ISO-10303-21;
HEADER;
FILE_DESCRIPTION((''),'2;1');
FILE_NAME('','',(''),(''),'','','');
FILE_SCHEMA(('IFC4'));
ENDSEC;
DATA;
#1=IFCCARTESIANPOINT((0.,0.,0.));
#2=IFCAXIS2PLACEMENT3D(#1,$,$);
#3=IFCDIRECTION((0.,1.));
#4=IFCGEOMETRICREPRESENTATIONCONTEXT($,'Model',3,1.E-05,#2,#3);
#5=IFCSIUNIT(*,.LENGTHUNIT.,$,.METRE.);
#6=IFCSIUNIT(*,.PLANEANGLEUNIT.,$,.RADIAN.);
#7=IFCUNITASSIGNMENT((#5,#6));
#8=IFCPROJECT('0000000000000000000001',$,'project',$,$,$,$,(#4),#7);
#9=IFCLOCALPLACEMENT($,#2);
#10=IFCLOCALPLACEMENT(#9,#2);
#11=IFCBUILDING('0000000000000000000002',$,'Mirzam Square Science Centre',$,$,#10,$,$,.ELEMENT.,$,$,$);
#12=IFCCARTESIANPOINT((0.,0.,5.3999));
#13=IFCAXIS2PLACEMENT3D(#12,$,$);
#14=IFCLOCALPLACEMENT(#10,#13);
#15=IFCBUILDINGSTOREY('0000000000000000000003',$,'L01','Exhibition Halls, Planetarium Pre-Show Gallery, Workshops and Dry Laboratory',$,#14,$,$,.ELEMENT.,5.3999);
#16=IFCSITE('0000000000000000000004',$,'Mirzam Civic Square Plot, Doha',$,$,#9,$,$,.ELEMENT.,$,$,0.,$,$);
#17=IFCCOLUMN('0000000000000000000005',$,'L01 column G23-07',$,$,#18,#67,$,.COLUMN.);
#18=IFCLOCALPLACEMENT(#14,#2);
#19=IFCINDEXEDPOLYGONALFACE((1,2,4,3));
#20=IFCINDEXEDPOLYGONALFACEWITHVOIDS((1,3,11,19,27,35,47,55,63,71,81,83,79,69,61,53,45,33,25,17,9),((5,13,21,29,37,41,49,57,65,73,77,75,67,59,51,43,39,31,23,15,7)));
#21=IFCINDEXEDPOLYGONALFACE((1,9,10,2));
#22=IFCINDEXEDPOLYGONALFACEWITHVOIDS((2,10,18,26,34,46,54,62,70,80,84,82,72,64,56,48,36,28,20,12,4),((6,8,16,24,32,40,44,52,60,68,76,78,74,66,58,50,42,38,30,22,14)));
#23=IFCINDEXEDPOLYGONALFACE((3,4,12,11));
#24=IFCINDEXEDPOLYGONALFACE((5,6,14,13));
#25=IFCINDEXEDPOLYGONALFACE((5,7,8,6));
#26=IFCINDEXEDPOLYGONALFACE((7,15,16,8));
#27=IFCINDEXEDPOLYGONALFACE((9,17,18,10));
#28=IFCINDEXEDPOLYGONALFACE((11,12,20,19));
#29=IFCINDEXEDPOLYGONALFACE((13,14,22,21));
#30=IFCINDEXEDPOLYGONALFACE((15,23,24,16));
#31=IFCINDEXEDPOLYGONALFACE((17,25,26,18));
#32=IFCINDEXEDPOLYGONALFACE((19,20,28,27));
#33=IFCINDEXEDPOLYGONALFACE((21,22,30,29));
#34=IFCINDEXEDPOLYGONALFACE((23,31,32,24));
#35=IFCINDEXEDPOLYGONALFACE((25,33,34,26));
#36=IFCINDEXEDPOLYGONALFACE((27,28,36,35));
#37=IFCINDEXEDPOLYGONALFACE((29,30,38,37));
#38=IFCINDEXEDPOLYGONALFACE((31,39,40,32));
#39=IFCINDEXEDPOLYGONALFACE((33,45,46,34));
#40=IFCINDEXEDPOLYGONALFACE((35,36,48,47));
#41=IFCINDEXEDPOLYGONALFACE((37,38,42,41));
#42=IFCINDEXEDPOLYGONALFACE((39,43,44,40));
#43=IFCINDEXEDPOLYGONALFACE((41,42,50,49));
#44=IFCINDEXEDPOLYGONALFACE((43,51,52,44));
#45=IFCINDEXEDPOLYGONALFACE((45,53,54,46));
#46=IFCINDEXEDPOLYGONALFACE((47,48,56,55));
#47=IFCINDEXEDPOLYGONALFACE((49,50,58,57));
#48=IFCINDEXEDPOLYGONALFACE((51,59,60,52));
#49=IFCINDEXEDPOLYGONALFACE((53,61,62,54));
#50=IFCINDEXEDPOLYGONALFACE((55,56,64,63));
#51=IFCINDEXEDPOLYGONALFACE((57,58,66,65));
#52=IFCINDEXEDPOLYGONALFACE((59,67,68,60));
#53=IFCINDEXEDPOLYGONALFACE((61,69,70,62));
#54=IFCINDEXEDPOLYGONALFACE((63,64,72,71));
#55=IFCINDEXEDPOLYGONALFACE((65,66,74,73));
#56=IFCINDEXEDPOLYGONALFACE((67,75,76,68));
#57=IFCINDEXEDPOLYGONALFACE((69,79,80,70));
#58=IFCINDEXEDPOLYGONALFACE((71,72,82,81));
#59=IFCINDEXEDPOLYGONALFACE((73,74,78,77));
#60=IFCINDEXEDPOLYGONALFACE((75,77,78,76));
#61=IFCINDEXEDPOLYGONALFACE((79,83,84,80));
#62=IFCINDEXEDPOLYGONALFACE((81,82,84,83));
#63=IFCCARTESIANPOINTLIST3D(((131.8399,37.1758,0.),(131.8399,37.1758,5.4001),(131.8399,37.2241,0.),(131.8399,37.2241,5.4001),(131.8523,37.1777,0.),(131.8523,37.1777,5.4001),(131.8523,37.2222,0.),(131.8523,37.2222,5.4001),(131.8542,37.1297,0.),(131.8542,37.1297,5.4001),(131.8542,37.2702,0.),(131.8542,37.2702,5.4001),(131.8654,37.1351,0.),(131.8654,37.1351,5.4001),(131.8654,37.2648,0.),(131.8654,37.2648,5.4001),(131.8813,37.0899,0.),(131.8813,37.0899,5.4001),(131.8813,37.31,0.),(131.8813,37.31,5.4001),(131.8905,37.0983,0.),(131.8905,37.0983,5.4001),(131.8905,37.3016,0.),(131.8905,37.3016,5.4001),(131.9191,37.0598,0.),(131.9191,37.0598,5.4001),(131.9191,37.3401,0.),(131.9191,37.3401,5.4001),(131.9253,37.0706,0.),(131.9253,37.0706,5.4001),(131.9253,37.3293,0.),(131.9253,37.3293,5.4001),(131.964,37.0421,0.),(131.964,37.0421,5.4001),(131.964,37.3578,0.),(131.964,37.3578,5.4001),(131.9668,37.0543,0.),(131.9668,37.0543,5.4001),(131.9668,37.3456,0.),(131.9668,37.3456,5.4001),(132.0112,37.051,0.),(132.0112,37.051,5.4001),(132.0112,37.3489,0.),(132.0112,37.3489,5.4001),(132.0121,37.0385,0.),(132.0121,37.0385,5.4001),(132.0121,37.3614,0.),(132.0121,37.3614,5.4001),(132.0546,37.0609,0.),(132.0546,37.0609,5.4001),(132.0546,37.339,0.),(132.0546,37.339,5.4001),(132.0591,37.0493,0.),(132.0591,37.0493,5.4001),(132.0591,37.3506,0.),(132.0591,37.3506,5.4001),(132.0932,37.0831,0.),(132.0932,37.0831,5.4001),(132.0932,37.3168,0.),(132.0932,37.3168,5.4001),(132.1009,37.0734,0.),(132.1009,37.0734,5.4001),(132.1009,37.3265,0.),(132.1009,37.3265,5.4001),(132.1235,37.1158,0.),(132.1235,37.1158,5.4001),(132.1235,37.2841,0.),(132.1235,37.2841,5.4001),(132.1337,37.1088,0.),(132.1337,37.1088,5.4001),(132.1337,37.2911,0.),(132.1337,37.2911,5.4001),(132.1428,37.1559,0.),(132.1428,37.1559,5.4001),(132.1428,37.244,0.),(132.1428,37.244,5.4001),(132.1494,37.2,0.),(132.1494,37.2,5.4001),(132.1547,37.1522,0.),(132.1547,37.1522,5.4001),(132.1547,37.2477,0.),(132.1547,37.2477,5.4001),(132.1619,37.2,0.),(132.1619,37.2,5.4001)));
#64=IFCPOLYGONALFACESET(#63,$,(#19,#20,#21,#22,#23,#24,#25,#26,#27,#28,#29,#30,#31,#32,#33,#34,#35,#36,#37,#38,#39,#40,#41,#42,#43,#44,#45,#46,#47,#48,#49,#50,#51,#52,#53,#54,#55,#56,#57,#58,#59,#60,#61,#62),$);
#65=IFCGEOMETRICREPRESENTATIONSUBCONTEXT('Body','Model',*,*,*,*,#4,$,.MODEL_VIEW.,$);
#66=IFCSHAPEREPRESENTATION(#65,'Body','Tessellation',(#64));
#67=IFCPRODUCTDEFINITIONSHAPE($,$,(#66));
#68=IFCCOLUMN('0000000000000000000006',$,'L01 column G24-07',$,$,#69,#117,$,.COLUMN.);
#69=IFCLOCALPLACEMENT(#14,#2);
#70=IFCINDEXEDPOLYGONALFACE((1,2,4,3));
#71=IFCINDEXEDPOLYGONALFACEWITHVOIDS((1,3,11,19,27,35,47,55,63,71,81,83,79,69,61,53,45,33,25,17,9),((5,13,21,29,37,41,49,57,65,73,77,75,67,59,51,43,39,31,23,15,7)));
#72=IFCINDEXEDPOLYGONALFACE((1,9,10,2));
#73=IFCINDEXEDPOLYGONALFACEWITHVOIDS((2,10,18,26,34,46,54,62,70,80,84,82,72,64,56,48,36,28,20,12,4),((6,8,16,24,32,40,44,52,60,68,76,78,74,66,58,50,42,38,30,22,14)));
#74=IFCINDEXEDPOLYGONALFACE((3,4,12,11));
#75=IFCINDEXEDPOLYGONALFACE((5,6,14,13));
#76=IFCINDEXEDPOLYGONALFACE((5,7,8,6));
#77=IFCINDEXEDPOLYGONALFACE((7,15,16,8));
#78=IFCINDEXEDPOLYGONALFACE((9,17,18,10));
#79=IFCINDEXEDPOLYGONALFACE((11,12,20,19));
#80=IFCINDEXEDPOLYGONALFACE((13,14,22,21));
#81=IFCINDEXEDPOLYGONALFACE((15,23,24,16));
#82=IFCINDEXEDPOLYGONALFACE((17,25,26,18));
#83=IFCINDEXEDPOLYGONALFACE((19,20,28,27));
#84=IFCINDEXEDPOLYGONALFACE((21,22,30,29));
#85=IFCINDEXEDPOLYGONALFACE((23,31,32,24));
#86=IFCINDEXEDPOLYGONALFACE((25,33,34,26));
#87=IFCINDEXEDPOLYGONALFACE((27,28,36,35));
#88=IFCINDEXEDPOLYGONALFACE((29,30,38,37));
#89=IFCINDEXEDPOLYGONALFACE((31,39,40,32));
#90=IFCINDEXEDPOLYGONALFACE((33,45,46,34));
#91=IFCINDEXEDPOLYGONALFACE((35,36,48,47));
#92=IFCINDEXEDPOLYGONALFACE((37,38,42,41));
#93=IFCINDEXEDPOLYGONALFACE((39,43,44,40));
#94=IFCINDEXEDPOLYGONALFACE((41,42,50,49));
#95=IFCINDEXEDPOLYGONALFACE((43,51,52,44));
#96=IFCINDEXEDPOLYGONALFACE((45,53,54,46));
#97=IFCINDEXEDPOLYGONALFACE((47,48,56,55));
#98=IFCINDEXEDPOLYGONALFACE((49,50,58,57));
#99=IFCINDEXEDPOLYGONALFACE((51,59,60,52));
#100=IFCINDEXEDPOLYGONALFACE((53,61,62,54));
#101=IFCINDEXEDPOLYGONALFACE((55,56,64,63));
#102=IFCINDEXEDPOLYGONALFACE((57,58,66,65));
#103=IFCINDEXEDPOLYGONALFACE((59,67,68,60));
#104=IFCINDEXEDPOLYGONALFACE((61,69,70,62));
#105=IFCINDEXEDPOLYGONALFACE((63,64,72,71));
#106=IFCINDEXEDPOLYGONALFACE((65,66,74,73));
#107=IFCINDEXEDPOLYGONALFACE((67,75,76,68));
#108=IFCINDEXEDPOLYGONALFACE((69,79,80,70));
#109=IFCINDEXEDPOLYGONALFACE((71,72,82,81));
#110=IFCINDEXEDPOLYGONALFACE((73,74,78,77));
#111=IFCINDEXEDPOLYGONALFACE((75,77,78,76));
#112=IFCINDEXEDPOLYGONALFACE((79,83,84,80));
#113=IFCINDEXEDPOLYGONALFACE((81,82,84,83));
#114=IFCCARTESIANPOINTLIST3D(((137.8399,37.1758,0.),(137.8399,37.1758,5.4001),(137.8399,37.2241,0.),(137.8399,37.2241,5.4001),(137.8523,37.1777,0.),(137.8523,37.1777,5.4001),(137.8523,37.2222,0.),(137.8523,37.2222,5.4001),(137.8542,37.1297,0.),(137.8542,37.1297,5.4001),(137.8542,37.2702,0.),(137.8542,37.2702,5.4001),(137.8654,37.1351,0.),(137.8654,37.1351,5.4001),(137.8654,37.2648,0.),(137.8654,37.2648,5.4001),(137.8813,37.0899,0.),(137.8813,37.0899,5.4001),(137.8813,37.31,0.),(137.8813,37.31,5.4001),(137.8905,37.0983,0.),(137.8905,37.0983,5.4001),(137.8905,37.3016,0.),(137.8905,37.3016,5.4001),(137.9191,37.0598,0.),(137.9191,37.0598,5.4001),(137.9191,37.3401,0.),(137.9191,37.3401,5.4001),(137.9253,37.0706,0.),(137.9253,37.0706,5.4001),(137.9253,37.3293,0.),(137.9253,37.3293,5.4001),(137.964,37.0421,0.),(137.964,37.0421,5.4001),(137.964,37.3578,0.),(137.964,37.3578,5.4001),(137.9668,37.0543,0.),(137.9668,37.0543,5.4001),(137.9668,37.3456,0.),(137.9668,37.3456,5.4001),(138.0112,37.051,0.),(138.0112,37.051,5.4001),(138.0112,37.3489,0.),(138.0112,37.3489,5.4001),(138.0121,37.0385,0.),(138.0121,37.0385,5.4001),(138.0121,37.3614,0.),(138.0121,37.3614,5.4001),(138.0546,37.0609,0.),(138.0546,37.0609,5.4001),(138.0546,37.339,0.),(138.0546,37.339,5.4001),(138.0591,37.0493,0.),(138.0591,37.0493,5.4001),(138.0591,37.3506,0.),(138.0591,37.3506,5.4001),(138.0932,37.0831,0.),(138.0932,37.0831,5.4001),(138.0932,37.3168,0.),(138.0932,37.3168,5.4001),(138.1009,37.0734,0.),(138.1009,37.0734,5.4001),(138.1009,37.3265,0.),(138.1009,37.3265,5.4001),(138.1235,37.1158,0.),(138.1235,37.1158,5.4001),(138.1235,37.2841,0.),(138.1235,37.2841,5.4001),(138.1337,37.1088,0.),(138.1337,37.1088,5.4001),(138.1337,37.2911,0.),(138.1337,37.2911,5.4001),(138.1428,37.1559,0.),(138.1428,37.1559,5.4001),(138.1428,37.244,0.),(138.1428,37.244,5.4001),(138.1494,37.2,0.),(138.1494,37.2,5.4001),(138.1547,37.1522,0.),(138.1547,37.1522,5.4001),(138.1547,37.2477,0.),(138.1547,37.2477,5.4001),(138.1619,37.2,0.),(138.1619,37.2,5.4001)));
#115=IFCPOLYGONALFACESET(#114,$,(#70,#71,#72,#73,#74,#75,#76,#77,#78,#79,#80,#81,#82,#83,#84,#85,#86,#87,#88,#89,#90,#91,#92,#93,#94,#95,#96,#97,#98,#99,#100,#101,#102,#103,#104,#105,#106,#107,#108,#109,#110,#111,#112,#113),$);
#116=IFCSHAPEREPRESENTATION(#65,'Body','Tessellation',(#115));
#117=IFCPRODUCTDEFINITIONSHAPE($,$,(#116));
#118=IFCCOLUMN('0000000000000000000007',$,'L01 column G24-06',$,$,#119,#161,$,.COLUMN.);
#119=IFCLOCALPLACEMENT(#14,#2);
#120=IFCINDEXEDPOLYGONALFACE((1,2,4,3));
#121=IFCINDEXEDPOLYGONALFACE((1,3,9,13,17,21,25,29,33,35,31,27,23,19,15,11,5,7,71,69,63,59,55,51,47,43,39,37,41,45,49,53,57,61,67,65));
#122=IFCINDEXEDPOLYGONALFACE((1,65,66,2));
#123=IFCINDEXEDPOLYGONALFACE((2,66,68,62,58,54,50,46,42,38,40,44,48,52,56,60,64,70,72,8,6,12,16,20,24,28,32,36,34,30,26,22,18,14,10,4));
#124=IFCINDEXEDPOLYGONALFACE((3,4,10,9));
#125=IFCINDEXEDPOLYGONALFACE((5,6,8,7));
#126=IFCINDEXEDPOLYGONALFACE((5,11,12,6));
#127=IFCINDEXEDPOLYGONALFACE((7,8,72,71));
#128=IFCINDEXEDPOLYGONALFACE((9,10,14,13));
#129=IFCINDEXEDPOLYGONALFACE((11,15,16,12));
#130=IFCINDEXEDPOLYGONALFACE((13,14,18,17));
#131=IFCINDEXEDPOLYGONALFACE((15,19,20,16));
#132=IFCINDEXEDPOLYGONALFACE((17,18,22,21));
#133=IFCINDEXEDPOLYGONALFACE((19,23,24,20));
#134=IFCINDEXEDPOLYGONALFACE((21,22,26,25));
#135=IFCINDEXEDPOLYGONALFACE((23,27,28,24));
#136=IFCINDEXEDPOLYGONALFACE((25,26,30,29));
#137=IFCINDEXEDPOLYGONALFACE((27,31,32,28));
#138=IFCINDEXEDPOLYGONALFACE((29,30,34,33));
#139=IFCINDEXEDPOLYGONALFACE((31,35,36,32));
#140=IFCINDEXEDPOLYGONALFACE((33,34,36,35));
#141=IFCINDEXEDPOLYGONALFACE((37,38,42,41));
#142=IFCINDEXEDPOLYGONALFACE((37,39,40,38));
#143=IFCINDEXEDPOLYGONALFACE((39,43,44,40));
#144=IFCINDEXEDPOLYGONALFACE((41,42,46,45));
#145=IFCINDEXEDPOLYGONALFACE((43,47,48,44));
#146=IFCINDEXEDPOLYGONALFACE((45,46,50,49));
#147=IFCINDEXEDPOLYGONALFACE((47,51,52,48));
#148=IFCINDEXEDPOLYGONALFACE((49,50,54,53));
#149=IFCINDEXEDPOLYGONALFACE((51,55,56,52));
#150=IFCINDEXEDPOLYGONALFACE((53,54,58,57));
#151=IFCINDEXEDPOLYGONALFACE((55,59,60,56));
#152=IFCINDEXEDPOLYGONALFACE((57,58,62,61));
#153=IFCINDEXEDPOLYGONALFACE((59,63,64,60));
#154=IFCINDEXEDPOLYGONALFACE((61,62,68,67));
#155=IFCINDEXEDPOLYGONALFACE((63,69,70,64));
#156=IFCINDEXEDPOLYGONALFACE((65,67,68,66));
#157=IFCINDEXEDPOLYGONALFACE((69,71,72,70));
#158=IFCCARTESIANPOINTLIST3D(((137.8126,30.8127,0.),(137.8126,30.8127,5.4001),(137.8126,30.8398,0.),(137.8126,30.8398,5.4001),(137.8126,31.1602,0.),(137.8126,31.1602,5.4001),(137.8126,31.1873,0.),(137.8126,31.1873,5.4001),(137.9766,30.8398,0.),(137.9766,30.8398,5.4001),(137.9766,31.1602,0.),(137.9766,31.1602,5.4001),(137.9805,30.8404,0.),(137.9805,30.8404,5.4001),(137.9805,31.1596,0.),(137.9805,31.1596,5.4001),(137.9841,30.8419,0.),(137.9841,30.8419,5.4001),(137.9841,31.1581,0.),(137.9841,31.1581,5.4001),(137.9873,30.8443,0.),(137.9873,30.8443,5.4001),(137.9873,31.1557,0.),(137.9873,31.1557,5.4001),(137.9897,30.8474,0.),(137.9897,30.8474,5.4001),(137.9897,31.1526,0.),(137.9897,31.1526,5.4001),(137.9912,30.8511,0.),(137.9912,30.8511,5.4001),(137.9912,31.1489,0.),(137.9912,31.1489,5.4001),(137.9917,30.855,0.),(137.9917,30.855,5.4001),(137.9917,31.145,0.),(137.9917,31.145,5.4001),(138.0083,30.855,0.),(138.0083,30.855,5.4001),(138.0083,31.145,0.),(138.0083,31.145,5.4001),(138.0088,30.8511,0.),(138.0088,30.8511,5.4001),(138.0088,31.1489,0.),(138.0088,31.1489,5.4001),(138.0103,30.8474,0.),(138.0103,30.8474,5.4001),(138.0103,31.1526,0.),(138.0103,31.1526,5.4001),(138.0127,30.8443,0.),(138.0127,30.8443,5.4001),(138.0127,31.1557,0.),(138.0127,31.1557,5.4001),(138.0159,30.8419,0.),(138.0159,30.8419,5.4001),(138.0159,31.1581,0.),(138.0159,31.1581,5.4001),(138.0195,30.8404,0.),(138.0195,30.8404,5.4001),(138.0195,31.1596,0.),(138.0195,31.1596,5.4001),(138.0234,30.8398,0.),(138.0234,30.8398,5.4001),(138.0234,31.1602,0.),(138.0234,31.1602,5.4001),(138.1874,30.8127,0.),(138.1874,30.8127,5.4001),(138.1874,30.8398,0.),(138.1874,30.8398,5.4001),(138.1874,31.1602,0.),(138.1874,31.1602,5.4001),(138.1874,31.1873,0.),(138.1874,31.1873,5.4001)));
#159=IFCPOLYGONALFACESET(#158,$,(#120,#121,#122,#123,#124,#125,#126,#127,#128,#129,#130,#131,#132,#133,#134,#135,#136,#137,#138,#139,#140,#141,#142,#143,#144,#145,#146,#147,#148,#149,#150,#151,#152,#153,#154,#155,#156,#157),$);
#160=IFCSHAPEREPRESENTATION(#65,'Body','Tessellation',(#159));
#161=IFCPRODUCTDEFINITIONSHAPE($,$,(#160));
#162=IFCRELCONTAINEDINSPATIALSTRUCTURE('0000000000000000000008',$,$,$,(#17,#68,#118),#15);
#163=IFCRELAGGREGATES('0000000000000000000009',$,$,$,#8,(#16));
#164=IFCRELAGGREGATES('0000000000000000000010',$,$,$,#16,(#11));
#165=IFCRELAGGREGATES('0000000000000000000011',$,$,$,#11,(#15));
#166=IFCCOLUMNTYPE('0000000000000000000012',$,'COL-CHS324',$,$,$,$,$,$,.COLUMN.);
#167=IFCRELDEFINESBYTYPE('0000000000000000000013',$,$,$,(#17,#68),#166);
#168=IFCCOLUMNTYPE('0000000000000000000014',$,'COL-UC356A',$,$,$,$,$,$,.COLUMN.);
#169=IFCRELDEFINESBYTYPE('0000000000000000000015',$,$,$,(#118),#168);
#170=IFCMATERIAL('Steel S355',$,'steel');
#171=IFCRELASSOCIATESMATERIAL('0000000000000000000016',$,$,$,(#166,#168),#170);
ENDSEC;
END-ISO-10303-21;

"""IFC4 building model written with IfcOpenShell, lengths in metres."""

from ifc_helpers import new_model, si_unit, direction, frame, origin, origin_2d, place, context, subcontext, project, spatial, hollow_circle, i_section, extrude, material, material_profile, profile_set, type_object, element, save


model = new_model("IFC4")

# Units and contexts
model_context = context("Model", 3, precision=1e-05, world=origin(), true_north=direction((0.0, 1.0)))
body_context = subcontext(model_context, "Body", "Model", "MODEL_VIEW")
ifc_project = project(units=[si_unit("LENGTHUNIT", "METRE"), si_unit("PLANEANGLEUNIT", "RADIAN")], contexts=[model_context])

# Site, building, storey
site_placement = place(None, origin())
site = spatial("IfcSite", under=ifc_project, at=site_placement, Name="Mirzam Civic Square Plot, Doha", CompositionType="ELEMENT", RefElevation=0.0)
building_placement = place(site_placement, origin())
building = spatial("IfcBuilding", under=site, at=building_placement, Name="Mirzam Square Science Centre", CompositionType="ELEMENT")
storey_placement = place(building_placement, frame((0.0, 0.0, 5.3999)))
storey = spatial("IfcBuildingStorey", under=building, at=storey_placement, Name="L01", Description="Exhibition Halls, Planetarium Pre-Show Gallery, Workshops and Dry Laboratory", CompositionType="ELEMENT", Elevation=5.3999)

# Columns
ifc_material_1 = material(Name="Steel S355", Category="steel")
ifc_material_profile_1 = material_profile(ifc_material_1, hollow_circle(Radius=0.1619, WallThickness=0.0125, at=origin_2d()), Name="323.9x12.5CHS")
ifc_profile_set_1 = profile_set([ifc_material_profile_1], Name="Steel S355")
column_type_1 = type_object("IfcColumnType", Name="COL-CHS324", PredefinedType="COLUMN", material=ifc_profile_set_1)
for number, where, z_axis, x_axis, name in (
    (1, (132.0, 37.2, 0.0), (0.0, 0.0, 1.0), (1.0, 0.0, 0.0), "L01 column G23-07"),
    (2, (138.0, 37.2, 0.0), (0.0, 0.0, 1.0), (1.0, 0.0, 0.0), "L01 column G24-07"),
):
    element("IfcColumn", number, at=place(storey_placement, frame(where, z_axis=z_axis, x_axis=x_axis)), inside=storey, type_object=column_type_1, Name=name, PredefinedType="COLUMN", context=body_context, shape_type="SweptSolid", body=[
        extrude(hollow_circle(Radius=0.1619, WallThickness=0.0125, at=origin_2d()), origin(), (0.0, 0.0, 1.0), 5.4001),
    ])
ifc_material_profile_2 = material_profile(ifc_material_1, i_section(OverallWidth=0.3748, OverallDepth=0.3745, WebThickness=0.0166, FlangeThickness=0.0271, FilletRadius=0.0151, at=origin_2d()), Name="356x368x202UC")
ifc_profile_set_2 = profile_set([ifc_material_profile_2], Name="Steel S355")
column_type_2 = type_object("IfcColumnType", Name="COL-UC356A", PredefinedType="COLUMN", material=ifc_profile_set_2)
column_placement = place(storey_placement, frame((138.0, 31.0, 0.0), z_axis=(0.0, 0.0, 1.0), x_axis=(1.0, 0.0, 0.0)))
element("IfcColumn", 3, at=column_placement, inside=storey, type_object=column_type_2, Name="L01 column G24-06", PredefinedType="COLUMN", context=body_context, shape_type="SweptSolid", body=[
    extrude(i_section(OverallWidth=0.3748, OverallDepth=0.3745, WebThickness=0.0166, FlangeThickness=0.0271, FilletRadius=0.0151, at=origin_2d()), origin(), (0.0, 0.0, 1.0), 5.4001),
])

save(model, "model.ifc")
